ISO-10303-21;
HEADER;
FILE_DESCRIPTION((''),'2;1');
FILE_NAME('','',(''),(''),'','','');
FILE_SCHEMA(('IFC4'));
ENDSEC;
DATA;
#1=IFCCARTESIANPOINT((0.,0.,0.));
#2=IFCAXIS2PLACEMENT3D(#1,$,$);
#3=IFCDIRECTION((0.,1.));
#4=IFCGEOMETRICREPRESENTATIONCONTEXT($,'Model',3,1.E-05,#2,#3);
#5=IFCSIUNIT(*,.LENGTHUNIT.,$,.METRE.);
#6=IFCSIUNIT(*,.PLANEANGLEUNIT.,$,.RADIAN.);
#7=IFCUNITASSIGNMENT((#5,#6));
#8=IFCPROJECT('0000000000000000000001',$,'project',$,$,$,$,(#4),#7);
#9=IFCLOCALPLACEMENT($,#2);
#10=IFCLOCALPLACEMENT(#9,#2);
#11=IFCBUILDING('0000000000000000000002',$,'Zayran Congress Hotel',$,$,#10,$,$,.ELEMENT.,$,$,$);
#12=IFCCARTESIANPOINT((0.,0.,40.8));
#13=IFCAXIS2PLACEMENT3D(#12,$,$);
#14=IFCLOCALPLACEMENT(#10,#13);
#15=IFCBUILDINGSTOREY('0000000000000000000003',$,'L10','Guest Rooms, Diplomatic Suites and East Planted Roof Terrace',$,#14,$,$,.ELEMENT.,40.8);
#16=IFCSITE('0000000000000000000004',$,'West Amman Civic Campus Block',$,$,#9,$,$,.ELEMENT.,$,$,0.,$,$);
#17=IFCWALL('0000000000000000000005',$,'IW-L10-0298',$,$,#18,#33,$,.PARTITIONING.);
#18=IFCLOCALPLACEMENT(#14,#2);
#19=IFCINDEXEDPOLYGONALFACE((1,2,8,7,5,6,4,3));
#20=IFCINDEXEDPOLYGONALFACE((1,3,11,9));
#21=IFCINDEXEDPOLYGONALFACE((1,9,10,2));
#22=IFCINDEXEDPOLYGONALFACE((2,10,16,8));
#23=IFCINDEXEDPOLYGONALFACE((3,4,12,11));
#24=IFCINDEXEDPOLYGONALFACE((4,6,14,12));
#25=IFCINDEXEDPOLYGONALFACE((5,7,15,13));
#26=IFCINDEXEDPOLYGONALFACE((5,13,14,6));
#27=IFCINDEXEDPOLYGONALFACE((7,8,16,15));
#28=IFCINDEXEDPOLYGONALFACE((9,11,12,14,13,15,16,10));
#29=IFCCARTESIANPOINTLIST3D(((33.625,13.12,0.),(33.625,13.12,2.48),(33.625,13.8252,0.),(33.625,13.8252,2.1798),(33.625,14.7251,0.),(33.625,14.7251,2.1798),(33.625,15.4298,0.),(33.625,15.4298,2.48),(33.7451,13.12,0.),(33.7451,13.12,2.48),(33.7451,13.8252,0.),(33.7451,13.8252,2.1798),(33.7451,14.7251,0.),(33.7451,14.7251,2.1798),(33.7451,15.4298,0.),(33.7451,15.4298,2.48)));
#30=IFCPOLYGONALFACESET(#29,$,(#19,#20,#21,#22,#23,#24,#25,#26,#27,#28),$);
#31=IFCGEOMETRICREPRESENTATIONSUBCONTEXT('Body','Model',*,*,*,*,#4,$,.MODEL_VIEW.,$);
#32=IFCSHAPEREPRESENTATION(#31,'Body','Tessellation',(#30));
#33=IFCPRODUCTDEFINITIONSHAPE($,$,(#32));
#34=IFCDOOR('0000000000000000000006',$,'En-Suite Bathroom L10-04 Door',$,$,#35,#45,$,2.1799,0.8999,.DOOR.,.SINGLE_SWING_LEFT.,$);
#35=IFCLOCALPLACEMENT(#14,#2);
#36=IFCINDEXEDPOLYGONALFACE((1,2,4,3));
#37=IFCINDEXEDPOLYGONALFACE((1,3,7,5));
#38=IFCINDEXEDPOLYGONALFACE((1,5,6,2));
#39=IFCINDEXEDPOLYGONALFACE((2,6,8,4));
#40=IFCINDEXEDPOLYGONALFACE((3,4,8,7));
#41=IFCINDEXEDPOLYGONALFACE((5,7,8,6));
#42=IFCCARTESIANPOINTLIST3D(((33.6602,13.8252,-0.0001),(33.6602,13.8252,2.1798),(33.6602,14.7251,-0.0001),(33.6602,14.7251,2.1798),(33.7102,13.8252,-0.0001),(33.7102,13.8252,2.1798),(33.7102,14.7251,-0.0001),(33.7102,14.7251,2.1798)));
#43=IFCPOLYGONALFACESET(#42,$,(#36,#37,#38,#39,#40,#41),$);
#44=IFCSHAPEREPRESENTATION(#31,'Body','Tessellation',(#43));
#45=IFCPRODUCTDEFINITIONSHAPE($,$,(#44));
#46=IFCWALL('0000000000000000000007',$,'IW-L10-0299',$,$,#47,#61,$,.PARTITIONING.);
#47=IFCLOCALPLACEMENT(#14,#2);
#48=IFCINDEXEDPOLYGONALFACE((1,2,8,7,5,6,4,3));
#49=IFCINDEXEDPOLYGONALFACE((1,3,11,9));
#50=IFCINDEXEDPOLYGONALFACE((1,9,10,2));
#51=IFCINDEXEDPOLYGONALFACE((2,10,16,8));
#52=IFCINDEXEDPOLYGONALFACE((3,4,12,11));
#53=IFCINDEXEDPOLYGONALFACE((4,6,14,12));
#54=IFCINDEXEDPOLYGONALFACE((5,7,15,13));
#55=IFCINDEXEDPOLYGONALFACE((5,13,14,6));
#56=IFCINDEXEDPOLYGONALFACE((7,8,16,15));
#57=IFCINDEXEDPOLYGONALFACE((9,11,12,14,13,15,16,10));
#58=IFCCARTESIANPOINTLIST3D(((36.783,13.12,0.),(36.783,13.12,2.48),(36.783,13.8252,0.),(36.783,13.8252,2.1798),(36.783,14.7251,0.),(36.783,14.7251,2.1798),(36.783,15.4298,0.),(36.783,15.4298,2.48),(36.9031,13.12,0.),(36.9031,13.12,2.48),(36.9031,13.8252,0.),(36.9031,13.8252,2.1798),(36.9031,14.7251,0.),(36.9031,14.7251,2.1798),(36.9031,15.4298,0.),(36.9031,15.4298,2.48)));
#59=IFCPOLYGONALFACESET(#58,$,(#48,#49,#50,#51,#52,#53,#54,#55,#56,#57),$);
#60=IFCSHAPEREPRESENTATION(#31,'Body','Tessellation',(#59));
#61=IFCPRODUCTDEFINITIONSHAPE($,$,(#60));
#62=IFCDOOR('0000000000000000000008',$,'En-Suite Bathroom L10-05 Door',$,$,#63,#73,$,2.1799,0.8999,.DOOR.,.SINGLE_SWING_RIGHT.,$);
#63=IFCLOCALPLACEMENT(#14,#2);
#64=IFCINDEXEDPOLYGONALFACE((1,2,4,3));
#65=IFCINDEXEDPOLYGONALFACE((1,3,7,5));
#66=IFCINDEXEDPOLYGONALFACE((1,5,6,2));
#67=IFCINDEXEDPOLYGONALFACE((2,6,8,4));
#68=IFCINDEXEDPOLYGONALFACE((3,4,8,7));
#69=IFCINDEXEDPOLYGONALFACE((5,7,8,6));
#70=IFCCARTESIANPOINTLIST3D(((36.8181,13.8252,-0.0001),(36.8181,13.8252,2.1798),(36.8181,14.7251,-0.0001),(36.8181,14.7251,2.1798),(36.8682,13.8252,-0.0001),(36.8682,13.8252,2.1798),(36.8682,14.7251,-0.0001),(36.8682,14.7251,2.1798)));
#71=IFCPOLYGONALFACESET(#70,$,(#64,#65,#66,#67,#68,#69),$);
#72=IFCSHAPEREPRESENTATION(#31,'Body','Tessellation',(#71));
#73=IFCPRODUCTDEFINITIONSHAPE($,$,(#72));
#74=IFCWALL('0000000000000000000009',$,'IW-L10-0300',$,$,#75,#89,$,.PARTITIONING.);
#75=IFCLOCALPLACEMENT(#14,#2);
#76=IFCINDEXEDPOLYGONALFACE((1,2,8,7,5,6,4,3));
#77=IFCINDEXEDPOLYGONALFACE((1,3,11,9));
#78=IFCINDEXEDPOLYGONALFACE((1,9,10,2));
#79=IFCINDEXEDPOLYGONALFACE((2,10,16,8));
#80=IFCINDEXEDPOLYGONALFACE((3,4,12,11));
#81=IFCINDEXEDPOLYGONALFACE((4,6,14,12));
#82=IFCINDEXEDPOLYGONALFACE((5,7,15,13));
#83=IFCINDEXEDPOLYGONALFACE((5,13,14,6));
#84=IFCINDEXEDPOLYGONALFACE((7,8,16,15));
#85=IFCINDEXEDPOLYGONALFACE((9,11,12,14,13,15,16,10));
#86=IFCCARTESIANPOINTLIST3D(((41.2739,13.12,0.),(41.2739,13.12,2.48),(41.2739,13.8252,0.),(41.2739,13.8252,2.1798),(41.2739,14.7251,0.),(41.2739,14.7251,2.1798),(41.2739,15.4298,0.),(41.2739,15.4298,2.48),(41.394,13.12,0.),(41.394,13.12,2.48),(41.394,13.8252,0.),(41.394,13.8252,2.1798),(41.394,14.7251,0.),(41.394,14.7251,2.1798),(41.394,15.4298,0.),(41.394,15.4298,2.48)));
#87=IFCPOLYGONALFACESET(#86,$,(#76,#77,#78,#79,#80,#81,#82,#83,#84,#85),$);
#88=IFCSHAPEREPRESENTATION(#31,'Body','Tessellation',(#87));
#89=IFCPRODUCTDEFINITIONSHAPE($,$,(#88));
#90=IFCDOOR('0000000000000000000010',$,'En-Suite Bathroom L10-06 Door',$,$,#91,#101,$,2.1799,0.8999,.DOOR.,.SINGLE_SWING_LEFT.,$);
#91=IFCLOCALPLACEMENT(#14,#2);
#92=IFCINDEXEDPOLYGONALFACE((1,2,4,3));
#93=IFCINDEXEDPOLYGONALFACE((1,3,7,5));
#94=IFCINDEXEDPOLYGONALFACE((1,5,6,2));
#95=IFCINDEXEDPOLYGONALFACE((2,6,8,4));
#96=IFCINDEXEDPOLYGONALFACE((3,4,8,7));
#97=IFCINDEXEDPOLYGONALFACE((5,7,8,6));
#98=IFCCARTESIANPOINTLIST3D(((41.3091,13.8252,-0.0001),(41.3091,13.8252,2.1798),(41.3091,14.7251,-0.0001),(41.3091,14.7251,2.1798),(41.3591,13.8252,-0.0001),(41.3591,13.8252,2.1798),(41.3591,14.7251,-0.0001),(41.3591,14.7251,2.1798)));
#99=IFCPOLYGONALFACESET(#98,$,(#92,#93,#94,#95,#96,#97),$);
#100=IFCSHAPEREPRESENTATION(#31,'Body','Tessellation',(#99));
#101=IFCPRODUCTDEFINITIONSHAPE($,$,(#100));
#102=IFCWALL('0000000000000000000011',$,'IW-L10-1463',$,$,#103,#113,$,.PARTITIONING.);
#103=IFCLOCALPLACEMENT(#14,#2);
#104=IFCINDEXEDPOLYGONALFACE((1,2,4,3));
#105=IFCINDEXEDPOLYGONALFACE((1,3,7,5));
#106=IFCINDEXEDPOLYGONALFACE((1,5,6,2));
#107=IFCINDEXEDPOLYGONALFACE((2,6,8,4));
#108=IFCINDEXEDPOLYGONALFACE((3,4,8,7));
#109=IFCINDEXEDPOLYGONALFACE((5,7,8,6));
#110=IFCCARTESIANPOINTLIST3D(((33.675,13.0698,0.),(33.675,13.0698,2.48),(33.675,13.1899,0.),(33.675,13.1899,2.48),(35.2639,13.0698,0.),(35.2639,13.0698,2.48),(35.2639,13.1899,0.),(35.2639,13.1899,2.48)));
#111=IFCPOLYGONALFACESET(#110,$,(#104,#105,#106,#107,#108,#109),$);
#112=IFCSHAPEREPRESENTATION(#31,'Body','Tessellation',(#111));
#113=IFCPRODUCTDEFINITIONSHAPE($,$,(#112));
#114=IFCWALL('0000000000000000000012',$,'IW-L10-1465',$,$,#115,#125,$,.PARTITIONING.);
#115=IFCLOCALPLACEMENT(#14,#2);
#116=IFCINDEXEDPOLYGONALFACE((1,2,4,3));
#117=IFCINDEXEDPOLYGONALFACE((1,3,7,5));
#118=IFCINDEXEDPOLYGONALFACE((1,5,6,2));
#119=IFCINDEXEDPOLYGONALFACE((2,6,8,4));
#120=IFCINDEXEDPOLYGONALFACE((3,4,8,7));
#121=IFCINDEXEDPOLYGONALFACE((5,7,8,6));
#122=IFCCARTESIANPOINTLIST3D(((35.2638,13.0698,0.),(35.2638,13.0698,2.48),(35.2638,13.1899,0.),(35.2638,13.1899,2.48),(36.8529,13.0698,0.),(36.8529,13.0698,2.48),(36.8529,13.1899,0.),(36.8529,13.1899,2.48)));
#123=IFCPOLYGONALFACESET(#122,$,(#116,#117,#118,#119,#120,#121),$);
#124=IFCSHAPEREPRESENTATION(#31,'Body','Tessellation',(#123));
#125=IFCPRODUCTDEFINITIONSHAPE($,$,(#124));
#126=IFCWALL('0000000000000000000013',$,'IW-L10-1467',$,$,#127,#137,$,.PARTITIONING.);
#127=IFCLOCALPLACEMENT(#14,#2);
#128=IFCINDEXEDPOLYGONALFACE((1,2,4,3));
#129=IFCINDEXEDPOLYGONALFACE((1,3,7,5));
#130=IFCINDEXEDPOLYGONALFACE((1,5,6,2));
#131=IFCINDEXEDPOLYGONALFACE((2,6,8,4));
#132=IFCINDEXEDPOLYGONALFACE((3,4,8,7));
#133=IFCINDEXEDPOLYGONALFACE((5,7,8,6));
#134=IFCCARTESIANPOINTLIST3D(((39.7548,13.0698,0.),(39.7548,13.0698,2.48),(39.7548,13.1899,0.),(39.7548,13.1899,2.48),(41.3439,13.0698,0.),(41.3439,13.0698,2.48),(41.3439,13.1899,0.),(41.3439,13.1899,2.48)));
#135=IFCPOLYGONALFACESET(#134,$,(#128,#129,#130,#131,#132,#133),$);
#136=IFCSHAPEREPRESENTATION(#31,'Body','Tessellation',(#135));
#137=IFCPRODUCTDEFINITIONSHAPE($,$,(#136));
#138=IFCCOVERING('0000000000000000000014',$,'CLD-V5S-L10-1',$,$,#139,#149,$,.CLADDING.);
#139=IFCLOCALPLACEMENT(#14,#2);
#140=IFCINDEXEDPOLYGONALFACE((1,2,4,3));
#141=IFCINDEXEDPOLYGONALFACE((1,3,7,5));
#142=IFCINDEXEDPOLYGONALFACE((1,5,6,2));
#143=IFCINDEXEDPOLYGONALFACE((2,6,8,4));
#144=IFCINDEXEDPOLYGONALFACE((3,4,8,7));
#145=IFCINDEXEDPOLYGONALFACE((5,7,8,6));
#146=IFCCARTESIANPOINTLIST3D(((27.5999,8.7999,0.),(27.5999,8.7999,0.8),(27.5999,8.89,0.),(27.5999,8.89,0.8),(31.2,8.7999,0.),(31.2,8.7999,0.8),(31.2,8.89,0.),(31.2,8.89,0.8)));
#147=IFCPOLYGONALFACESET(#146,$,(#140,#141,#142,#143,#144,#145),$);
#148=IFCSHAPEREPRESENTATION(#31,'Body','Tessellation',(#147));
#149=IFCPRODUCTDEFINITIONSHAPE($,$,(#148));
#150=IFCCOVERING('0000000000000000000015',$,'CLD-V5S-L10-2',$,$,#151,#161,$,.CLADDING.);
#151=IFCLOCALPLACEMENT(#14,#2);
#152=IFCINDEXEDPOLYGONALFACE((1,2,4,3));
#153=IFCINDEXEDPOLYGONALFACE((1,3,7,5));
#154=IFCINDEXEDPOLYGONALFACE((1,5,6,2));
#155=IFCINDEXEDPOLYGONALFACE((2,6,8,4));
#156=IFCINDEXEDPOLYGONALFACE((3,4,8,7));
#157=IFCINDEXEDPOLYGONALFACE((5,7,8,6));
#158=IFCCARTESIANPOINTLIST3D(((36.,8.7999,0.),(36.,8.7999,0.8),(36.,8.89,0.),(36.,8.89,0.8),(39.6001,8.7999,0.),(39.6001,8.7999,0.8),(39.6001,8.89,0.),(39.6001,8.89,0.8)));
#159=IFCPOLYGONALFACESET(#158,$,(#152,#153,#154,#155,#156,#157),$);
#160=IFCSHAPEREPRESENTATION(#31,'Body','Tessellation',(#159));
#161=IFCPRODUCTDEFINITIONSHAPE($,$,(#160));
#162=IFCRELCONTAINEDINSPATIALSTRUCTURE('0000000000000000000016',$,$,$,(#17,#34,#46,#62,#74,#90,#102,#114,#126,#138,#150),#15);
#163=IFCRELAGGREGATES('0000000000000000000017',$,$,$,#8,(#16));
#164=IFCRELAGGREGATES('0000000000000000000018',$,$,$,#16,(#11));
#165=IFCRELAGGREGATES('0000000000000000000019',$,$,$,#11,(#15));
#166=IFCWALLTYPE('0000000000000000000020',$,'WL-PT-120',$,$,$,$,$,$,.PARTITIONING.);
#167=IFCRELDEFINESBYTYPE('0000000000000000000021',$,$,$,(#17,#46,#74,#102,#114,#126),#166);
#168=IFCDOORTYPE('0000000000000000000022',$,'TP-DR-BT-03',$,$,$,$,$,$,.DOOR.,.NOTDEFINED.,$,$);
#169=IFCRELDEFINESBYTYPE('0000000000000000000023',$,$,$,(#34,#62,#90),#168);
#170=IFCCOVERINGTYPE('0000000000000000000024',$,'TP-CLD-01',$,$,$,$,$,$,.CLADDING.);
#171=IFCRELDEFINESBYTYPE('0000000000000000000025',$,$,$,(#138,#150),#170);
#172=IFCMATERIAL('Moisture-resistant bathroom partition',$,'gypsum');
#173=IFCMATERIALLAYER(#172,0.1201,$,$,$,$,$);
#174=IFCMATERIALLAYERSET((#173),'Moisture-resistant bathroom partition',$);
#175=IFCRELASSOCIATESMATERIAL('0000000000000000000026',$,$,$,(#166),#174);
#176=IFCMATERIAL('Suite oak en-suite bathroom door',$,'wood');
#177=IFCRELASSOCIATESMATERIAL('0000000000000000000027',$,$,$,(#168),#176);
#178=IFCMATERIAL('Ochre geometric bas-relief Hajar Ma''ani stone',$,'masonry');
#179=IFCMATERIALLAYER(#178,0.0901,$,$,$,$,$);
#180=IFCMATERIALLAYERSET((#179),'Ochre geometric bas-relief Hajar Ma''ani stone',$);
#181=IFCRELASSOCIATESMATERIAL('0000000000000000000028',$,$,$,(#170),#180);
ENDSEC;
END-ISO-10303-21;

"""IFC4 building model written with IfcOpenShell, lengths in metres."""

from ifc_helpers import new_model, si_unit, direction, frame, frame_2d, origin, origin_2d, place, context, subcontext, project, spatial, rectangle, extrude, material, layer, layer_set, type_object, element, fill, save


model = new_model("IFC4")

# Units and contexts
model_context = context("Model", 3, precision=1e-05, world=origin(), true_north=direction((0.0, 1.0)))
body_context = subcontext(model_context, "Body", "Model", "MODEL_VIEW")
ifc_project = project(units=[si_unit("LENGTHUNIT", "METRE"), si_unit("PLANEANGLEUNIT", "RADIAN")], contexts=[model_context])

# Site, building, storey
site_placement = place(None, origin())
site = spatial("IfcSite", under=ifc_project, at=site_placement, Name="West Amman Civic Campus Block", CompositionType="ELEMENT", RefElevation=0.0)
building_placement = place(site_placement, origin())
building = spatial("IfcBuilding", under=site, at=building_placement, Name="Zayran Congress Hotel", CompositionType="ELEMENT")
storey_placement = place(building_placement, frame((0.0, 0.0, 40.8)))
storey = spatial("IfcBuildingStorey", under=building, at=storey_placement, Name="L10", Description="Guest Rooms, Diplomatic Suites and East Planted Roof Terrace", CompositionType="ELEMENT", Elevation=40.8)

# Walls, openings, doors
ifc_material_1 = material(Name="Moisture-resistant bathroom partition", Category="gypsum")
ifc_layer_1 = layer(ifc_material_1, 0.1201)
ifc_layer_set_1 = layer_set([ifc_layer_1], Name="Moisture-resistant bathroom partition")
wall_type_1 = type_object("IfcWallType", Name="WL-PT-120", PredefinedType="PARTITIONING", material=ifc_layer_set_1)
ifc_material_2 = material(Name="Suite oak en-suite bathroom door", Category="wood")
door_type_1 = type_object("IfcDoorType", Name="TP-DR-BT-03", OperationType="NOTDEFINED", PredefinedType="DOOR", material=ifc_material_2)
wall_1_placement = place(storey_placement, frame((33.6851, 13.1201, 0.0), z_axis=(0.0, 0.0, 1.0), x_axis=(0.0, 1.0, 0.0)))
wall_1 = element("IfcWall", 1, at=wall_1_placement, inside=storey, type_object=wall_type_1, Name="IW-L10-0298", PredefinedType="PARTITIONING", context=body_context, shape_type="SweptSolid", body=[
    extrude(rectangle(XDim=2.3098, YDim=0.1201, at=frame_2d((1.1548, 0.0))), origin(), (0.0, 0.0, 1.0), 2.48),
])
opening_1_placement = place(wall_1_placement, frame((0.7051, 0.0, 0.0)))
opening_1 = element("IfcOpeningElement", 2, at=opening_1_placement, cuts=wall_1, PredefinedType="OPENING", context=body_context, shape_type="SweptSolid", body=[
    extrude(rectangle(XDim=0.8999, YDim=2.1799, at=frame_2d((0.45, 1.0898))), frame((0.0, 0.0701, 0.0), z_axis=(0.0, -1.0, 0.0), x_axis=(1.0, 0.0, 0.0)), (0.0, 0.0, 1.0), 0.1401),
])
door_1_placement = place(opening_1_placement, origin())
door_1 = element("IfcDoor", 3, at=door_1_placement, inside=storey, type_object=door_type_1, Name="En-Suite Bathroom L10-04 Door", OperationType="SINGLE_SWING_LEFT", OverallHeight=2.1799, OverallWidth=0.8999, PredefinedType="DOOR", context=body_context, shape_type="SweptSolid", body=[
    extrude(rectangle(XDim=0.8999, YDim=2.1799, at=frame_2d((0.45, 1.0898))), frame((0.0, 0.0249, 0.0), z_axis=(0.0, -1.0, 0.0), x_axis=(1.0, 0.0, 0.0)), (0.0, 0.0, 1.0), 0.05),
])
fill(opening_1, door_1)
wall_2_placement = place(storey_placement, frame((36.843, 13.1201, 0.0), z_axis=(0.0, 0.0, 1.0), x_axis=(0.0, 1.0, 0.0)))
wall_2 = element("IfcWall", 4, at=wall_2_placement, inside=storey, type_object=wall_type_1, Name="IW-L10-0299", PredefinedType="PARTITIONING", context=body_context, shape_type="SweptSolid", body=[
    extrude(rectangle(XDim=2.3098, YDim=0.1201, at=frame_2d((1.1548, 0.0))), origin(), (0.0, 0.0, 1.0), 2.48),
])
opening_2_placement = place(wall_2_placement, frame((0.7051, 0.0, 0.0)))
opening_2 = element("IfcOpeningElement", 5, at=opening_2_placement, cuts=wall_2, PredefinedType="OPENING", context=body_context, shape_type="SweptSolid", body=[
    extrude(rectangle(XDim=0.8999, YDim=2.1799, at=frame_2d((0.45, 1.0898))), frame((0.0, 0.0701, 0.0), z_axis=(0.0, -1.0, 0.0), x_axis=(1.0, 0.0, 0.0)), (0.0, 0.0, 1.0), 0.1401),
])
door_2_placement = place(opening_2_placement, origin())
door_2 = element("IfcDoor", 6, at=door_2_placement, inside=storey, type_object=door_type_1, Name="En-Suite Bathroom L10-05 Door", OperationType="SINGLE_SWING_RIGHT", OverallHeight=2.1799, OverallWidth=0.8999, PredefinedType="DOOR", context=body_context, shape_type="SweptSolid", body=[
    extrude(rectangle(XDim=0.8999, YDim=2.1799, at=frame_2d((0.45, 1.0898))), frame((0.0, 0.0249, 0.0), z_axis=(0.0, -1.0, 0.0), x_axis=(1.0, 0.0, 0.0)), (0.0, 0.0, 1.0), 0.05),
])
fill(opening_2, door_2)
wall_3_placement = place(storey_placement, frame((41.334, 13.1201, 0.0), z_axis=(0.0, 0.0, 1.0), x_axis=(0.0, 1.0, 0.0)))
wall_3 = element("IfcWall", 7, at=wall_3_placement, inside=storey, type_object=wall_type_1, Name="IW-L10-0300", PredefinedType="PARTITIONING", context=body_context, shape_type="SweptSolid", body=[
    extrude(rectangle(XDim=2.3098, YDim=0.1201, at=frame_2d((1.1548, 0.0))), origin(), (0.0, 0.0, 1.0), 2.48),
])
opening_3_placement = place(wall_3_placement, frame((0.7051, 0.0, 0.0)))
opening_3 = element("IfcOpeningElement", 8, at=opening_3_placement, cuts=wall_3, PredefinedType="OPENING", context=body_context, shape_type="SweptSolid", body=[
    extrude(rectangle(XDim=0.8999, YDim=2.1799, at=frame_2d((0.45, 1.0898))), frame((0.0, 0.0701, 0.0), z_axis=(0.0, -1.0, 0.0), x_axis=(1.0, 0.0, 0.0)), (0.0, 0.0, 1.0), 0.1401),
])
door_3_placement = place(opening_3_placement, origin())
door_3 = element("IfcDoor", 9, at=door_3_placement, inside=storey, type_object=door_type_1, Name="En-Suite Bathroom L10-06 Door", OperationType="SINGLE_SWING_LEFT", OverallHeight=2.1799, OverallWidth=0.8999, PredefinedType="DOOR", context=body_context, shape_type="SweptSolid", body=[
    extrude(rectangle(XDim=0.8999, YDim=2.1799, at=frame_2d((0.45, 1.0898))), frame((0.0, 0.0249, 0.0), z_axis=(0.0, -1.0, 0.0), x_axis=(1.0, 0.0, 0.0)), (0.0, 0.0, 1.0), 0.05),
])
fill(opening_3, door_3)

# Walls
wall_4_placement = place(storey_placement, frame((33.675, 13.1299, 0.0), z_axis=(0.0, 0.0, 1.0), x_axis=(1.0, 0.0, 0.0)))
element("IfcWall", 10, at=wall_4_placement, inside=storey, type_object=wall_type_1, Name="IW-L10-1463", PredefinedType="PARTITIONING", context=body_context, shape_type="SweptSolid", body=[
    extrude(rectangle(XDim=1.5889, YDim=0.1201, at=frame_2d((0.7944, 0.0))), origin(), (0.0, 0.0, 1.0), 2.48),
])
for number, where, z_axis, x_axis, name in (
    (11, (35.2639, 13.1299, 0.0), (0.0, 0.0, 1.0), (1.0, 0.0, 0.0), "IW-L10-1465"),
    (12, (39.7549, 13.1299, 0.0), (0.0, 0.0, 1.0), (1.0, 0.0, 0.0), "IW-L10-1467"),
):
    element("IfcWall", number, at=place(storey_placement, frame(where, z_axis=z_axis, x_axis=x_axis)), inside=storey, type_object=wall_type_1, Name=name, PredefinedType="PARTITIONING", context=body_context, shape_type="SweptSolid", body=[
        extrude(rectangle(XDim=1.5891, YDim=0.1201, at=frame_2d((0.7944, 0.0))), origin(), (0.0, 0.0, 1.0), 2.48),
    ])

# Coverings
ifc_material_3 = material(Name="Ochre geometric bas-relief Hajar Ma'ani stone", Category="masonry")
ifc_layer_2 = layer(ifc_material_3, 0.0901)
ifc_layer_set_2 = layer_set([ifc_layer_2], Name="Ochre geometric bas-relief Hajar Ma'ani stone")
covering_type = type_object("IfcCoveringType", Name="TP-CLD-01", PredefinedType="CLADDING", material=ifc_layer_set_2)
for number, where, z_axis, x_axis, name in (
    (13, (29.3999, 8.845, 0.0), (0.0, 0.0, 1.0), (1.0, 0.0, 0.0), "CLD-V5S-L10-1"),
    (14, (37.8, 8.845, 0.0), (0.0, 0.0, 1.0), (1.0, 0.0, 0.0), "CLD-V5S-L10-2"),
):
    element("IfcCovering", number, at=place(storey_placement, frame(where, z_axis=z_axis, x_axis=x_axis)), inside=storey, type_object=covering_type, Name=name, PredefinedType="CLADDING", context=body_context, shape_type="SweptSolid", body=[
        extrude(rectangle(XDim=3.6001, YDim=0.0901, at=origin_2d()), origin(), (0.0, 0.0, 1.0), 0.8),
    ])

save(model, "model.ifc")
